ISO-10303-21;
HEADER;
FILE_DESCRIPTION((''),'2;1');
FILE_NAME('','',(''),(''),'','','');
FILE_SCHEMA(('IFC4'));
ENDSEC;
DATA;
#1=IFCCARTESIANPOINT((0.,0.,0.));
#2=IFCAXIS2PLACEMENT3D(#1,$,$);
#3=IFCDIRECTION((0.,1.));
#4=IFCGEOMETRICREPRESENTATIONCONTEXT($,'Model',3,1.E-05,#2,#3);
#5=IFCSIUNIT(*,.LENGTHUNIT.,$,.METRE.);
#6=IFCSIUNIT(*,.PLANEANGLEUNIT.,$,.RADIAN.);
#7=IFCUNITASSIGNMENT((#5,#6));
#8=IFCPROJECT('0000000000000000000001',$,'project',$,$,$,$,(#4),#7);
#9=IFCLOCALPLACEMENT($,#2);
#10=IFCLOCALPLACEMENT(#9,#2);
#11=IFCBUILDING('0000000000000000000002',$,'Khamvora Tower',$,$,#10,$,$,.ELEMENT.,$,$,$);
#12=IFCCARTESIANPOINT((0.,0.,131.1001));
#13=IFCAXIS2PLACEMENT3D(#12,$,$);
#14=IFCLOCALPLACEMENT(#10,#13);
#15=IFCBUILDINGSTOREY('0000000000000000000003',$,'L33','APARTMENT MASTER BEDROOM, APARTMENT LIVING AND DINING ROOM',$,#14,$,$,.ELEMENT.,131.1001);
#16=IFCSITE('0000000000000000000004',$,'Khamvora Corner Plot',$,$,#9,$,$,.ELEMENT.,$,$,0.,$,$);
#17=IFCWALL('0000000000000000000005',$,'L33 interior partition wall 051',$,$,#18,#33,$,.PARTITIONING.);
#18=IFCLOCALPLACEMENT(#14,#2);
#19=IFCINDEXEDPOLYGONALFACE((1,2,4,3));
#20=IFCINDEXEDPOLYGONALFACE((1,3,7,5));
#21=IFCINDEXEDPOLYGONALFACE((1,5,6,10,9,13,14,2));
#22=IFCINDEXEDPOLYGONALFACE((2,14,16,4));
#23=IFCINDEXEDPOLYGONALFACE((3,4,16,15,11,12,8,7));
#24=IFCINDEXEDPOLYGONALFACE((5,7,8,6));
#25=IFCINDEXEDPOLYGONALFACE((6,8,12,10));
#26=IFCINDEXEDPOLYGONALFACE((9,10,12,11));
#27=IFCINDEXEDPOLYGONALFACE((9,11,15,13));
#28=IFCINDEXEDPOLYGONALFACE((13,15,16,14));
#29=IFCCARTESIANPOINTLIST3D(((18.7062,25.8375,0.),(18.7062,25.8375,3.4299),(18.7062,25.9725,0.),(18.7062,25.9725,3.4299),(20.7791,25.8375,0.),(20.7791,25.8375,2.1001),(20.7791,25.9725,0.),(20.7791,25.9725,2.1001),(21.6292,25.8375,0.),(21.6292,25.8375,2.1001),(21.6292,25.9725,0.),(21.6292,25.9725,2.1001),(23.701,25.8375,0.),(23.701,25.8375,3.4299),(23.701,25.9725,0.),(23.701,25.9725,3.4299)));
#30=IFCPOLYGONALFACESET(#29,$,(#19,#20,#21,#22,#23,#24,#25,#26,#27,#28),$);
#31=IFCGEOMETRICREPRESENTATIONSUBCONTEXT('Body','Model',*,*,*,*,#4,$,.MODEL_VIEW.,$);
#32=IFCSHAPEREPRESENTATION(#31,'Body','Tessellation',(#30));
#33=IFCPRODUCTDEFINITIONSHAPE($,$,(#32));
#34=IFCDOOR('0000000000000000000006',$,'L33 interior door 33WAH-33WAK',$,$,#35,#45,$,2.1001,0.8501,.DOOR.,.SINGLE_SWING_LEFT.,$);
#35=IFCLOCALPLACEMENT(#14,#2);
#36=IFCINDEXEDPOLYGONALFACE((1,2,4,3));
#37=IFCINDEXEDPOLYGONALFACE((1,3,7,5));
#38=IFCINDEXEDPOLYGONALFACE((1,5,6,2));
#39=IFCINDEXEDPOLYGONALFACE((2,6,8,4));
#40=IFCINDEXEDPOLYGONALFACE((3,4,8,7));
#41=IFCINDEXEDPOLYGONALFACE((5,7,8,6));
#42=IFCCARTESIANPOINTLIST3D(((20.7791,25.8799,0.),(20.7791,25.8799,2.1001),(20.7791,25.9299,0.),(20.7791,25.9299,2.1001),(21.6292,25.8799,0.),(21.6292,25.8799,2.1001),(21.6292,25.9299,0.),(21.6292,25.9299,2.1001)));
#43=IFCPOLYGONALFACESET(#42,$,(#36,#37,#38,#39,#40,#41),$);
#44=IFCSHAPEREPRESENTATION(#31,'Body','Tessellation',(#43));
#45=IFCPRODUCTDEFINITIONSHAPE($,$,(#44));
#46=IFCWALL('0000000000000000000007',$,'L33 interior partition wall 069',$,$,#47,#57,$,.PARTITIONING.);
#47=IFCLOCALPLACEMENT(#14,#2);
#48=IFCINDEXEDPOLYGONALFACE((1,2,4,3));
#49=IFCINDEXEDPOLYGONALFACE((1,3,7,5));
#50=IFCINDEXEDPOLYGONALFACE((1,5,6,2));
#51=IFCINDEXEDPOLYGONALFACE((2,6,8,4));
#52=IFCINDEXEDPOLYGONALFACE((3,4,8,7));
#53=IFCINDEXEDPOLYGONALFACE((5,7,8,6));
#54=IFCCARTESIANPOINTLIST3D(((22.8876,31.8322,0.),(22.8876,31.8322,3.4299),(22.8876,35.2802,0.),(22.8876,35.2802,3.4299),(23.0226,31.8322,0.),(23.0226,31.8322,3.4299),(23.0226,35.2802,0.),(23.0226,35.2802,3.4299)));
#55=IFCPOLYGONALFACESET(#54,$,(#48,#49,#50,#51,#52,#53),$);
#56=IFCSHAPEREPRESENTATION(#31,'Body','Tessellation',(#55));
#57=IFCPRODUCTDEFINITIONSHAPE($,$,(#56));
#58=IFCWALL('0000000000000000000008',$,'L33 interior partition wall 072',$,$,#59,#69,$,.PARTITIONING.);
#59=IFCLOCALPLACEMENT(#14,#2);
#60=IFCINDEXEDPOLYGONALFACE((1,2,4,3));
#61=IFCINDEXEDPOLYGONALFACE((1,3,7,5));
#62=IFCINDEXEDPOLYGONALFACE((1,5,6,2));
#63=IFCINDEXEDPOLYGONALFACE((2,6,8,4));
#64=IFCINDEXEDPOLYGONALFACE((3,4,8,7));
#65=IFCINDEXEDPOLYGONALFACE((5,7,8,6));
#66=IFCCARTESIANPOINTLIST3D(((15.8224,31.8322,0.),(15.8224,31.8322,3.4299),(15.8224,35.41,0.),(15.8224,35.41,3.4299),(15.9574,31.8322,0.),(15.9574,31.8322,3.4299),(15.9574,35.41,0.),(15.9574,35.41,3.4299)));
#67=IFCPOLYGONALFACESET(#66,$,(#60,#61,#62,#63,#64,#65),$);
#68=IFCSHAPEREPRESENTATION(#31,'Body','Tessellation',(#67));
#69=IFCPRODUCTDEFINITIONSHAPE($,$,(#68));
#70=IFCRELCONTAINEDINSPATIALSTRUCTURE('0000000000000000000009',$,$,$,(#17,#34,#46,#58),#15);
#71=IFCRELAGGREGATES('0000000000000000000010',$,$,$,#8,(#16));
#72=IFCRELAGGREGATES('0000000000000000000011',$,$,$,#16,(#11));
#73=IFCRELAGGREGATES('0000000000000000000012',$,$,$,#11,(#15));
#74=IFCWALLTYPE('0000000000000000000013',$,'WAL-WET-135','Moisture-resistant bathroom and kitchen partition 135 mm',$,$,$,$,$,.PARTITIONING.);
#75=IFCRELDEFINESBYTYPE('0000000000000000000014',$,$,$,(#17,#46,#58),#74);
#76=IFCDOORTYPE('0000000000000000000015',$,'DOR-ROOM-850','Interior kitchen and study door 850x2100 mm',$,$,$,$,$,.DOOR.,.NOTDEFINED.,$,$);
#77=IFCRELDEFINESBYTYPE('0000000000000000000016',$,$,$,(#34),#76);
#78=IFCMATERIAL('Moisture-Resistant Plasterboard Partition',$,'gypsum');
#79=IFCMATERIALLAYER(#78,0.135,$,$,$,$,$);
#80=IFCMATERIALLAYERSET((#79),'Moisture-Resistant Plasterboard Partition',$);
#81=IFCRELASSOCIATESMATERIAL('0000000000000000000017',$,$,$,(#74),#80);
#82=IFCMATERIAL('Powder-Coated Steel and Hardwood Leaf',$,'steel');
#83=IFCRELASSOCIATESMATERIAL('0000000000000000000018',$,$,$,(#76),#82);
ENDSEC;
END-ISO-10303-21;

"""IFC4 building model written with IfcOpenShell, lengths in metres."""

from ifc_helpers import new_model, si_unit, direction, frame, frame_2d, origin, place, context, subcontext, project, spatial, rectangle, extrude, material, layer, layer_set, type_object, element, fill, save


model = new_model("IFC4")

# Units and contexts
model_context = context("Model", 3, precision=1e-05, world=origin(), true_north=direction((0.0, 1.0)))
body_context = subcontext(model_context, "Body", "Model", "MODEL_VIEW")
ifc_project = project(units=[si_unit("LENGTHUNIT", "METRE"), si_unit("PLANEANGLEUNIT", "RADIAN")], contexts=[model_context])

# Site, building, storey
site_placement = place(None, origin())
site = spatial("IfcSite", under=ifc_project, at=site_placement, Name="Khamvora Corner Plot", CompositionType="ELEMENT", RefElevation=0.0)
building_placement = place(site_placement, origin())
building = spatial("IfcBuilding", under=site, at=building_placement, Name="Khamvora Tower", CompositionType="ELEMENT")
storey_placement = place(building_placement, frame((0.0, 0.0, 131.1001)))
storey = spatial("IfcBuildingStorey", under=building, at=storey_placement, Name="L33", Description="APARTMENT MASTER BEDROOM, APARTMENT LIVING AND DINING ROOM", CompositionType="ELEMENT", Elevation=131.1001)

# Shared definitions
ifc_material_1 = material(Name="Powder-Coated Steel and Hardwood Leaf", Category="steel")

# Shared definitions
ifc_material_2 = material(Name="Moisture-Resistant Plasterboard Partition", Category="gypsum")
ifc_layer_1 = layer(ifc_material_2, 0.135)
ifc_layer_set_1 = layer_set([ifc_layer_1], Name="Moisture-Resistant Plasterboard Partition")
wall_type_1 = type_object("IfcWallType", Name="WAL-WET-135", Description="Moisture-resistant bathroom and kitchen partition 135 mm", PredefinedType="PARTITIONING", material=ifc_layer_set_1)

# Wall, opening, door
wall_1_placement = place(storey_placement, frame((18.7061, 25.905, 0.0), z_axis=(0.0, 0.0, 1.0), x_axis=(1.0, 0.0, 0.0)))
wall_1 = element("IfcWall", 1, at=wall_1_placement, inside=storey, type_object=wall_type_1, Name="L33 interior partition wall 051", PredefinedType="PARTITIONING", context=body_context, shape_type="SweptSolid", body=[
    extrude(rectangle(XDim=4.9949, YDim=0.135, at=frame_2d((2.4976, 0.0))), origin(), (0.0, 0.0, 1.0), 3.4299),
])
opening_1_placement = place(wall_1_placement, frame((2.073, 0.0, 0.0)))
opening_1 = element("IfcOpeningElement", 2, at=opening_1_placement, cuts=wall_1, PredefinedType="OPENING", context=body_context, shape_type="SweptSolid", body=[
    extrude(rectangle(XDim=0.8501, YDim=2.1001, at=frame_2d((0.425, 1.05))), frame((0.0, 0.0774, 0.0), z_axis=(0.0, -1.0, 0.0), x_axis=(1.0, 0.0, 0.0)), (0.0, 0.0, 1.0), 0.155),
])
door_type_1 = type_object("IfcDoorType", Name="DOR-ROOM-850", Description="Interior kitchen and study door 850x2100 mm", OperationType="NOTDEFINED", PredefinedType="DOOR", material=ifc_material_1)
door_1_placement = place(opening_1_placement, origin())
door_1 = element("IfcDoor", 3, at=door_1_placement, inside=storey, type_object=door_type_1, Name="L33 interior door 33WAH-33WAK", OperationType="SINGLE_SWING_LEFT", OverallHeight=2.1001, OverallWidth=0.8501, PredefinedType="DOOR", context=body_context, shape_type="SweptSolid", body=[
    extrude(rectangle(XDim=0.8501, YDim=2.1001, at=frame_2d((0.425, 1.05))), frame((0.0, 0.0249, 0.0), z_axis=(0.0, -1.0, 0.0), x_axis=(1.0, 0.0, 0.0)), (0.0, 0.0, 1.0), 0.05),
])
fill(opening_1, door_1)

# Walls
wall_2_placement = place(storey_placement, frame((22.9551, 31.832, 0.0), z_axis=(0.0, 0.0, 1.0), x_axis=(0.0, 1.0, 0.0)))
element("IfcWall", 4, at=wall_2_placement, inside=storey, type_object=wall_type_1, Name="L33 interior partition wall 069", PredefinedType="PARTITIONING", context=body_context, shape_type="SweptSolid", body=[
    extrude(rectangle(XDim=3.448, YDim=0.135, at=frame_2d((1.7241, 0.0))), origin(), (0.0, 0.0, 1.0), 3.4299),
])
wall_3_placement = place(storey_placement, frame((15.8899, 31.832, 0.0), z_axis=(0.0, 0.0, 1.0), x_axis=(0.0, 1.0, 0.0)))
element("IfcWall", 5, at=wall_3_placement, inside=storey, type_object=wall_type_1, Name="L33 interior partition wall 072", PredefinedType="PARTITIONING", context=body_context, shape_type="SweptSolid", body=[
    extrude(rectangle(XDim=3.5779, YDim=0.135, at=frame_2d((1.7891, 0.0))), origin(), (0.0, 0.0, 1.0), 3.4299),
])

save(model, "model.ifc")
